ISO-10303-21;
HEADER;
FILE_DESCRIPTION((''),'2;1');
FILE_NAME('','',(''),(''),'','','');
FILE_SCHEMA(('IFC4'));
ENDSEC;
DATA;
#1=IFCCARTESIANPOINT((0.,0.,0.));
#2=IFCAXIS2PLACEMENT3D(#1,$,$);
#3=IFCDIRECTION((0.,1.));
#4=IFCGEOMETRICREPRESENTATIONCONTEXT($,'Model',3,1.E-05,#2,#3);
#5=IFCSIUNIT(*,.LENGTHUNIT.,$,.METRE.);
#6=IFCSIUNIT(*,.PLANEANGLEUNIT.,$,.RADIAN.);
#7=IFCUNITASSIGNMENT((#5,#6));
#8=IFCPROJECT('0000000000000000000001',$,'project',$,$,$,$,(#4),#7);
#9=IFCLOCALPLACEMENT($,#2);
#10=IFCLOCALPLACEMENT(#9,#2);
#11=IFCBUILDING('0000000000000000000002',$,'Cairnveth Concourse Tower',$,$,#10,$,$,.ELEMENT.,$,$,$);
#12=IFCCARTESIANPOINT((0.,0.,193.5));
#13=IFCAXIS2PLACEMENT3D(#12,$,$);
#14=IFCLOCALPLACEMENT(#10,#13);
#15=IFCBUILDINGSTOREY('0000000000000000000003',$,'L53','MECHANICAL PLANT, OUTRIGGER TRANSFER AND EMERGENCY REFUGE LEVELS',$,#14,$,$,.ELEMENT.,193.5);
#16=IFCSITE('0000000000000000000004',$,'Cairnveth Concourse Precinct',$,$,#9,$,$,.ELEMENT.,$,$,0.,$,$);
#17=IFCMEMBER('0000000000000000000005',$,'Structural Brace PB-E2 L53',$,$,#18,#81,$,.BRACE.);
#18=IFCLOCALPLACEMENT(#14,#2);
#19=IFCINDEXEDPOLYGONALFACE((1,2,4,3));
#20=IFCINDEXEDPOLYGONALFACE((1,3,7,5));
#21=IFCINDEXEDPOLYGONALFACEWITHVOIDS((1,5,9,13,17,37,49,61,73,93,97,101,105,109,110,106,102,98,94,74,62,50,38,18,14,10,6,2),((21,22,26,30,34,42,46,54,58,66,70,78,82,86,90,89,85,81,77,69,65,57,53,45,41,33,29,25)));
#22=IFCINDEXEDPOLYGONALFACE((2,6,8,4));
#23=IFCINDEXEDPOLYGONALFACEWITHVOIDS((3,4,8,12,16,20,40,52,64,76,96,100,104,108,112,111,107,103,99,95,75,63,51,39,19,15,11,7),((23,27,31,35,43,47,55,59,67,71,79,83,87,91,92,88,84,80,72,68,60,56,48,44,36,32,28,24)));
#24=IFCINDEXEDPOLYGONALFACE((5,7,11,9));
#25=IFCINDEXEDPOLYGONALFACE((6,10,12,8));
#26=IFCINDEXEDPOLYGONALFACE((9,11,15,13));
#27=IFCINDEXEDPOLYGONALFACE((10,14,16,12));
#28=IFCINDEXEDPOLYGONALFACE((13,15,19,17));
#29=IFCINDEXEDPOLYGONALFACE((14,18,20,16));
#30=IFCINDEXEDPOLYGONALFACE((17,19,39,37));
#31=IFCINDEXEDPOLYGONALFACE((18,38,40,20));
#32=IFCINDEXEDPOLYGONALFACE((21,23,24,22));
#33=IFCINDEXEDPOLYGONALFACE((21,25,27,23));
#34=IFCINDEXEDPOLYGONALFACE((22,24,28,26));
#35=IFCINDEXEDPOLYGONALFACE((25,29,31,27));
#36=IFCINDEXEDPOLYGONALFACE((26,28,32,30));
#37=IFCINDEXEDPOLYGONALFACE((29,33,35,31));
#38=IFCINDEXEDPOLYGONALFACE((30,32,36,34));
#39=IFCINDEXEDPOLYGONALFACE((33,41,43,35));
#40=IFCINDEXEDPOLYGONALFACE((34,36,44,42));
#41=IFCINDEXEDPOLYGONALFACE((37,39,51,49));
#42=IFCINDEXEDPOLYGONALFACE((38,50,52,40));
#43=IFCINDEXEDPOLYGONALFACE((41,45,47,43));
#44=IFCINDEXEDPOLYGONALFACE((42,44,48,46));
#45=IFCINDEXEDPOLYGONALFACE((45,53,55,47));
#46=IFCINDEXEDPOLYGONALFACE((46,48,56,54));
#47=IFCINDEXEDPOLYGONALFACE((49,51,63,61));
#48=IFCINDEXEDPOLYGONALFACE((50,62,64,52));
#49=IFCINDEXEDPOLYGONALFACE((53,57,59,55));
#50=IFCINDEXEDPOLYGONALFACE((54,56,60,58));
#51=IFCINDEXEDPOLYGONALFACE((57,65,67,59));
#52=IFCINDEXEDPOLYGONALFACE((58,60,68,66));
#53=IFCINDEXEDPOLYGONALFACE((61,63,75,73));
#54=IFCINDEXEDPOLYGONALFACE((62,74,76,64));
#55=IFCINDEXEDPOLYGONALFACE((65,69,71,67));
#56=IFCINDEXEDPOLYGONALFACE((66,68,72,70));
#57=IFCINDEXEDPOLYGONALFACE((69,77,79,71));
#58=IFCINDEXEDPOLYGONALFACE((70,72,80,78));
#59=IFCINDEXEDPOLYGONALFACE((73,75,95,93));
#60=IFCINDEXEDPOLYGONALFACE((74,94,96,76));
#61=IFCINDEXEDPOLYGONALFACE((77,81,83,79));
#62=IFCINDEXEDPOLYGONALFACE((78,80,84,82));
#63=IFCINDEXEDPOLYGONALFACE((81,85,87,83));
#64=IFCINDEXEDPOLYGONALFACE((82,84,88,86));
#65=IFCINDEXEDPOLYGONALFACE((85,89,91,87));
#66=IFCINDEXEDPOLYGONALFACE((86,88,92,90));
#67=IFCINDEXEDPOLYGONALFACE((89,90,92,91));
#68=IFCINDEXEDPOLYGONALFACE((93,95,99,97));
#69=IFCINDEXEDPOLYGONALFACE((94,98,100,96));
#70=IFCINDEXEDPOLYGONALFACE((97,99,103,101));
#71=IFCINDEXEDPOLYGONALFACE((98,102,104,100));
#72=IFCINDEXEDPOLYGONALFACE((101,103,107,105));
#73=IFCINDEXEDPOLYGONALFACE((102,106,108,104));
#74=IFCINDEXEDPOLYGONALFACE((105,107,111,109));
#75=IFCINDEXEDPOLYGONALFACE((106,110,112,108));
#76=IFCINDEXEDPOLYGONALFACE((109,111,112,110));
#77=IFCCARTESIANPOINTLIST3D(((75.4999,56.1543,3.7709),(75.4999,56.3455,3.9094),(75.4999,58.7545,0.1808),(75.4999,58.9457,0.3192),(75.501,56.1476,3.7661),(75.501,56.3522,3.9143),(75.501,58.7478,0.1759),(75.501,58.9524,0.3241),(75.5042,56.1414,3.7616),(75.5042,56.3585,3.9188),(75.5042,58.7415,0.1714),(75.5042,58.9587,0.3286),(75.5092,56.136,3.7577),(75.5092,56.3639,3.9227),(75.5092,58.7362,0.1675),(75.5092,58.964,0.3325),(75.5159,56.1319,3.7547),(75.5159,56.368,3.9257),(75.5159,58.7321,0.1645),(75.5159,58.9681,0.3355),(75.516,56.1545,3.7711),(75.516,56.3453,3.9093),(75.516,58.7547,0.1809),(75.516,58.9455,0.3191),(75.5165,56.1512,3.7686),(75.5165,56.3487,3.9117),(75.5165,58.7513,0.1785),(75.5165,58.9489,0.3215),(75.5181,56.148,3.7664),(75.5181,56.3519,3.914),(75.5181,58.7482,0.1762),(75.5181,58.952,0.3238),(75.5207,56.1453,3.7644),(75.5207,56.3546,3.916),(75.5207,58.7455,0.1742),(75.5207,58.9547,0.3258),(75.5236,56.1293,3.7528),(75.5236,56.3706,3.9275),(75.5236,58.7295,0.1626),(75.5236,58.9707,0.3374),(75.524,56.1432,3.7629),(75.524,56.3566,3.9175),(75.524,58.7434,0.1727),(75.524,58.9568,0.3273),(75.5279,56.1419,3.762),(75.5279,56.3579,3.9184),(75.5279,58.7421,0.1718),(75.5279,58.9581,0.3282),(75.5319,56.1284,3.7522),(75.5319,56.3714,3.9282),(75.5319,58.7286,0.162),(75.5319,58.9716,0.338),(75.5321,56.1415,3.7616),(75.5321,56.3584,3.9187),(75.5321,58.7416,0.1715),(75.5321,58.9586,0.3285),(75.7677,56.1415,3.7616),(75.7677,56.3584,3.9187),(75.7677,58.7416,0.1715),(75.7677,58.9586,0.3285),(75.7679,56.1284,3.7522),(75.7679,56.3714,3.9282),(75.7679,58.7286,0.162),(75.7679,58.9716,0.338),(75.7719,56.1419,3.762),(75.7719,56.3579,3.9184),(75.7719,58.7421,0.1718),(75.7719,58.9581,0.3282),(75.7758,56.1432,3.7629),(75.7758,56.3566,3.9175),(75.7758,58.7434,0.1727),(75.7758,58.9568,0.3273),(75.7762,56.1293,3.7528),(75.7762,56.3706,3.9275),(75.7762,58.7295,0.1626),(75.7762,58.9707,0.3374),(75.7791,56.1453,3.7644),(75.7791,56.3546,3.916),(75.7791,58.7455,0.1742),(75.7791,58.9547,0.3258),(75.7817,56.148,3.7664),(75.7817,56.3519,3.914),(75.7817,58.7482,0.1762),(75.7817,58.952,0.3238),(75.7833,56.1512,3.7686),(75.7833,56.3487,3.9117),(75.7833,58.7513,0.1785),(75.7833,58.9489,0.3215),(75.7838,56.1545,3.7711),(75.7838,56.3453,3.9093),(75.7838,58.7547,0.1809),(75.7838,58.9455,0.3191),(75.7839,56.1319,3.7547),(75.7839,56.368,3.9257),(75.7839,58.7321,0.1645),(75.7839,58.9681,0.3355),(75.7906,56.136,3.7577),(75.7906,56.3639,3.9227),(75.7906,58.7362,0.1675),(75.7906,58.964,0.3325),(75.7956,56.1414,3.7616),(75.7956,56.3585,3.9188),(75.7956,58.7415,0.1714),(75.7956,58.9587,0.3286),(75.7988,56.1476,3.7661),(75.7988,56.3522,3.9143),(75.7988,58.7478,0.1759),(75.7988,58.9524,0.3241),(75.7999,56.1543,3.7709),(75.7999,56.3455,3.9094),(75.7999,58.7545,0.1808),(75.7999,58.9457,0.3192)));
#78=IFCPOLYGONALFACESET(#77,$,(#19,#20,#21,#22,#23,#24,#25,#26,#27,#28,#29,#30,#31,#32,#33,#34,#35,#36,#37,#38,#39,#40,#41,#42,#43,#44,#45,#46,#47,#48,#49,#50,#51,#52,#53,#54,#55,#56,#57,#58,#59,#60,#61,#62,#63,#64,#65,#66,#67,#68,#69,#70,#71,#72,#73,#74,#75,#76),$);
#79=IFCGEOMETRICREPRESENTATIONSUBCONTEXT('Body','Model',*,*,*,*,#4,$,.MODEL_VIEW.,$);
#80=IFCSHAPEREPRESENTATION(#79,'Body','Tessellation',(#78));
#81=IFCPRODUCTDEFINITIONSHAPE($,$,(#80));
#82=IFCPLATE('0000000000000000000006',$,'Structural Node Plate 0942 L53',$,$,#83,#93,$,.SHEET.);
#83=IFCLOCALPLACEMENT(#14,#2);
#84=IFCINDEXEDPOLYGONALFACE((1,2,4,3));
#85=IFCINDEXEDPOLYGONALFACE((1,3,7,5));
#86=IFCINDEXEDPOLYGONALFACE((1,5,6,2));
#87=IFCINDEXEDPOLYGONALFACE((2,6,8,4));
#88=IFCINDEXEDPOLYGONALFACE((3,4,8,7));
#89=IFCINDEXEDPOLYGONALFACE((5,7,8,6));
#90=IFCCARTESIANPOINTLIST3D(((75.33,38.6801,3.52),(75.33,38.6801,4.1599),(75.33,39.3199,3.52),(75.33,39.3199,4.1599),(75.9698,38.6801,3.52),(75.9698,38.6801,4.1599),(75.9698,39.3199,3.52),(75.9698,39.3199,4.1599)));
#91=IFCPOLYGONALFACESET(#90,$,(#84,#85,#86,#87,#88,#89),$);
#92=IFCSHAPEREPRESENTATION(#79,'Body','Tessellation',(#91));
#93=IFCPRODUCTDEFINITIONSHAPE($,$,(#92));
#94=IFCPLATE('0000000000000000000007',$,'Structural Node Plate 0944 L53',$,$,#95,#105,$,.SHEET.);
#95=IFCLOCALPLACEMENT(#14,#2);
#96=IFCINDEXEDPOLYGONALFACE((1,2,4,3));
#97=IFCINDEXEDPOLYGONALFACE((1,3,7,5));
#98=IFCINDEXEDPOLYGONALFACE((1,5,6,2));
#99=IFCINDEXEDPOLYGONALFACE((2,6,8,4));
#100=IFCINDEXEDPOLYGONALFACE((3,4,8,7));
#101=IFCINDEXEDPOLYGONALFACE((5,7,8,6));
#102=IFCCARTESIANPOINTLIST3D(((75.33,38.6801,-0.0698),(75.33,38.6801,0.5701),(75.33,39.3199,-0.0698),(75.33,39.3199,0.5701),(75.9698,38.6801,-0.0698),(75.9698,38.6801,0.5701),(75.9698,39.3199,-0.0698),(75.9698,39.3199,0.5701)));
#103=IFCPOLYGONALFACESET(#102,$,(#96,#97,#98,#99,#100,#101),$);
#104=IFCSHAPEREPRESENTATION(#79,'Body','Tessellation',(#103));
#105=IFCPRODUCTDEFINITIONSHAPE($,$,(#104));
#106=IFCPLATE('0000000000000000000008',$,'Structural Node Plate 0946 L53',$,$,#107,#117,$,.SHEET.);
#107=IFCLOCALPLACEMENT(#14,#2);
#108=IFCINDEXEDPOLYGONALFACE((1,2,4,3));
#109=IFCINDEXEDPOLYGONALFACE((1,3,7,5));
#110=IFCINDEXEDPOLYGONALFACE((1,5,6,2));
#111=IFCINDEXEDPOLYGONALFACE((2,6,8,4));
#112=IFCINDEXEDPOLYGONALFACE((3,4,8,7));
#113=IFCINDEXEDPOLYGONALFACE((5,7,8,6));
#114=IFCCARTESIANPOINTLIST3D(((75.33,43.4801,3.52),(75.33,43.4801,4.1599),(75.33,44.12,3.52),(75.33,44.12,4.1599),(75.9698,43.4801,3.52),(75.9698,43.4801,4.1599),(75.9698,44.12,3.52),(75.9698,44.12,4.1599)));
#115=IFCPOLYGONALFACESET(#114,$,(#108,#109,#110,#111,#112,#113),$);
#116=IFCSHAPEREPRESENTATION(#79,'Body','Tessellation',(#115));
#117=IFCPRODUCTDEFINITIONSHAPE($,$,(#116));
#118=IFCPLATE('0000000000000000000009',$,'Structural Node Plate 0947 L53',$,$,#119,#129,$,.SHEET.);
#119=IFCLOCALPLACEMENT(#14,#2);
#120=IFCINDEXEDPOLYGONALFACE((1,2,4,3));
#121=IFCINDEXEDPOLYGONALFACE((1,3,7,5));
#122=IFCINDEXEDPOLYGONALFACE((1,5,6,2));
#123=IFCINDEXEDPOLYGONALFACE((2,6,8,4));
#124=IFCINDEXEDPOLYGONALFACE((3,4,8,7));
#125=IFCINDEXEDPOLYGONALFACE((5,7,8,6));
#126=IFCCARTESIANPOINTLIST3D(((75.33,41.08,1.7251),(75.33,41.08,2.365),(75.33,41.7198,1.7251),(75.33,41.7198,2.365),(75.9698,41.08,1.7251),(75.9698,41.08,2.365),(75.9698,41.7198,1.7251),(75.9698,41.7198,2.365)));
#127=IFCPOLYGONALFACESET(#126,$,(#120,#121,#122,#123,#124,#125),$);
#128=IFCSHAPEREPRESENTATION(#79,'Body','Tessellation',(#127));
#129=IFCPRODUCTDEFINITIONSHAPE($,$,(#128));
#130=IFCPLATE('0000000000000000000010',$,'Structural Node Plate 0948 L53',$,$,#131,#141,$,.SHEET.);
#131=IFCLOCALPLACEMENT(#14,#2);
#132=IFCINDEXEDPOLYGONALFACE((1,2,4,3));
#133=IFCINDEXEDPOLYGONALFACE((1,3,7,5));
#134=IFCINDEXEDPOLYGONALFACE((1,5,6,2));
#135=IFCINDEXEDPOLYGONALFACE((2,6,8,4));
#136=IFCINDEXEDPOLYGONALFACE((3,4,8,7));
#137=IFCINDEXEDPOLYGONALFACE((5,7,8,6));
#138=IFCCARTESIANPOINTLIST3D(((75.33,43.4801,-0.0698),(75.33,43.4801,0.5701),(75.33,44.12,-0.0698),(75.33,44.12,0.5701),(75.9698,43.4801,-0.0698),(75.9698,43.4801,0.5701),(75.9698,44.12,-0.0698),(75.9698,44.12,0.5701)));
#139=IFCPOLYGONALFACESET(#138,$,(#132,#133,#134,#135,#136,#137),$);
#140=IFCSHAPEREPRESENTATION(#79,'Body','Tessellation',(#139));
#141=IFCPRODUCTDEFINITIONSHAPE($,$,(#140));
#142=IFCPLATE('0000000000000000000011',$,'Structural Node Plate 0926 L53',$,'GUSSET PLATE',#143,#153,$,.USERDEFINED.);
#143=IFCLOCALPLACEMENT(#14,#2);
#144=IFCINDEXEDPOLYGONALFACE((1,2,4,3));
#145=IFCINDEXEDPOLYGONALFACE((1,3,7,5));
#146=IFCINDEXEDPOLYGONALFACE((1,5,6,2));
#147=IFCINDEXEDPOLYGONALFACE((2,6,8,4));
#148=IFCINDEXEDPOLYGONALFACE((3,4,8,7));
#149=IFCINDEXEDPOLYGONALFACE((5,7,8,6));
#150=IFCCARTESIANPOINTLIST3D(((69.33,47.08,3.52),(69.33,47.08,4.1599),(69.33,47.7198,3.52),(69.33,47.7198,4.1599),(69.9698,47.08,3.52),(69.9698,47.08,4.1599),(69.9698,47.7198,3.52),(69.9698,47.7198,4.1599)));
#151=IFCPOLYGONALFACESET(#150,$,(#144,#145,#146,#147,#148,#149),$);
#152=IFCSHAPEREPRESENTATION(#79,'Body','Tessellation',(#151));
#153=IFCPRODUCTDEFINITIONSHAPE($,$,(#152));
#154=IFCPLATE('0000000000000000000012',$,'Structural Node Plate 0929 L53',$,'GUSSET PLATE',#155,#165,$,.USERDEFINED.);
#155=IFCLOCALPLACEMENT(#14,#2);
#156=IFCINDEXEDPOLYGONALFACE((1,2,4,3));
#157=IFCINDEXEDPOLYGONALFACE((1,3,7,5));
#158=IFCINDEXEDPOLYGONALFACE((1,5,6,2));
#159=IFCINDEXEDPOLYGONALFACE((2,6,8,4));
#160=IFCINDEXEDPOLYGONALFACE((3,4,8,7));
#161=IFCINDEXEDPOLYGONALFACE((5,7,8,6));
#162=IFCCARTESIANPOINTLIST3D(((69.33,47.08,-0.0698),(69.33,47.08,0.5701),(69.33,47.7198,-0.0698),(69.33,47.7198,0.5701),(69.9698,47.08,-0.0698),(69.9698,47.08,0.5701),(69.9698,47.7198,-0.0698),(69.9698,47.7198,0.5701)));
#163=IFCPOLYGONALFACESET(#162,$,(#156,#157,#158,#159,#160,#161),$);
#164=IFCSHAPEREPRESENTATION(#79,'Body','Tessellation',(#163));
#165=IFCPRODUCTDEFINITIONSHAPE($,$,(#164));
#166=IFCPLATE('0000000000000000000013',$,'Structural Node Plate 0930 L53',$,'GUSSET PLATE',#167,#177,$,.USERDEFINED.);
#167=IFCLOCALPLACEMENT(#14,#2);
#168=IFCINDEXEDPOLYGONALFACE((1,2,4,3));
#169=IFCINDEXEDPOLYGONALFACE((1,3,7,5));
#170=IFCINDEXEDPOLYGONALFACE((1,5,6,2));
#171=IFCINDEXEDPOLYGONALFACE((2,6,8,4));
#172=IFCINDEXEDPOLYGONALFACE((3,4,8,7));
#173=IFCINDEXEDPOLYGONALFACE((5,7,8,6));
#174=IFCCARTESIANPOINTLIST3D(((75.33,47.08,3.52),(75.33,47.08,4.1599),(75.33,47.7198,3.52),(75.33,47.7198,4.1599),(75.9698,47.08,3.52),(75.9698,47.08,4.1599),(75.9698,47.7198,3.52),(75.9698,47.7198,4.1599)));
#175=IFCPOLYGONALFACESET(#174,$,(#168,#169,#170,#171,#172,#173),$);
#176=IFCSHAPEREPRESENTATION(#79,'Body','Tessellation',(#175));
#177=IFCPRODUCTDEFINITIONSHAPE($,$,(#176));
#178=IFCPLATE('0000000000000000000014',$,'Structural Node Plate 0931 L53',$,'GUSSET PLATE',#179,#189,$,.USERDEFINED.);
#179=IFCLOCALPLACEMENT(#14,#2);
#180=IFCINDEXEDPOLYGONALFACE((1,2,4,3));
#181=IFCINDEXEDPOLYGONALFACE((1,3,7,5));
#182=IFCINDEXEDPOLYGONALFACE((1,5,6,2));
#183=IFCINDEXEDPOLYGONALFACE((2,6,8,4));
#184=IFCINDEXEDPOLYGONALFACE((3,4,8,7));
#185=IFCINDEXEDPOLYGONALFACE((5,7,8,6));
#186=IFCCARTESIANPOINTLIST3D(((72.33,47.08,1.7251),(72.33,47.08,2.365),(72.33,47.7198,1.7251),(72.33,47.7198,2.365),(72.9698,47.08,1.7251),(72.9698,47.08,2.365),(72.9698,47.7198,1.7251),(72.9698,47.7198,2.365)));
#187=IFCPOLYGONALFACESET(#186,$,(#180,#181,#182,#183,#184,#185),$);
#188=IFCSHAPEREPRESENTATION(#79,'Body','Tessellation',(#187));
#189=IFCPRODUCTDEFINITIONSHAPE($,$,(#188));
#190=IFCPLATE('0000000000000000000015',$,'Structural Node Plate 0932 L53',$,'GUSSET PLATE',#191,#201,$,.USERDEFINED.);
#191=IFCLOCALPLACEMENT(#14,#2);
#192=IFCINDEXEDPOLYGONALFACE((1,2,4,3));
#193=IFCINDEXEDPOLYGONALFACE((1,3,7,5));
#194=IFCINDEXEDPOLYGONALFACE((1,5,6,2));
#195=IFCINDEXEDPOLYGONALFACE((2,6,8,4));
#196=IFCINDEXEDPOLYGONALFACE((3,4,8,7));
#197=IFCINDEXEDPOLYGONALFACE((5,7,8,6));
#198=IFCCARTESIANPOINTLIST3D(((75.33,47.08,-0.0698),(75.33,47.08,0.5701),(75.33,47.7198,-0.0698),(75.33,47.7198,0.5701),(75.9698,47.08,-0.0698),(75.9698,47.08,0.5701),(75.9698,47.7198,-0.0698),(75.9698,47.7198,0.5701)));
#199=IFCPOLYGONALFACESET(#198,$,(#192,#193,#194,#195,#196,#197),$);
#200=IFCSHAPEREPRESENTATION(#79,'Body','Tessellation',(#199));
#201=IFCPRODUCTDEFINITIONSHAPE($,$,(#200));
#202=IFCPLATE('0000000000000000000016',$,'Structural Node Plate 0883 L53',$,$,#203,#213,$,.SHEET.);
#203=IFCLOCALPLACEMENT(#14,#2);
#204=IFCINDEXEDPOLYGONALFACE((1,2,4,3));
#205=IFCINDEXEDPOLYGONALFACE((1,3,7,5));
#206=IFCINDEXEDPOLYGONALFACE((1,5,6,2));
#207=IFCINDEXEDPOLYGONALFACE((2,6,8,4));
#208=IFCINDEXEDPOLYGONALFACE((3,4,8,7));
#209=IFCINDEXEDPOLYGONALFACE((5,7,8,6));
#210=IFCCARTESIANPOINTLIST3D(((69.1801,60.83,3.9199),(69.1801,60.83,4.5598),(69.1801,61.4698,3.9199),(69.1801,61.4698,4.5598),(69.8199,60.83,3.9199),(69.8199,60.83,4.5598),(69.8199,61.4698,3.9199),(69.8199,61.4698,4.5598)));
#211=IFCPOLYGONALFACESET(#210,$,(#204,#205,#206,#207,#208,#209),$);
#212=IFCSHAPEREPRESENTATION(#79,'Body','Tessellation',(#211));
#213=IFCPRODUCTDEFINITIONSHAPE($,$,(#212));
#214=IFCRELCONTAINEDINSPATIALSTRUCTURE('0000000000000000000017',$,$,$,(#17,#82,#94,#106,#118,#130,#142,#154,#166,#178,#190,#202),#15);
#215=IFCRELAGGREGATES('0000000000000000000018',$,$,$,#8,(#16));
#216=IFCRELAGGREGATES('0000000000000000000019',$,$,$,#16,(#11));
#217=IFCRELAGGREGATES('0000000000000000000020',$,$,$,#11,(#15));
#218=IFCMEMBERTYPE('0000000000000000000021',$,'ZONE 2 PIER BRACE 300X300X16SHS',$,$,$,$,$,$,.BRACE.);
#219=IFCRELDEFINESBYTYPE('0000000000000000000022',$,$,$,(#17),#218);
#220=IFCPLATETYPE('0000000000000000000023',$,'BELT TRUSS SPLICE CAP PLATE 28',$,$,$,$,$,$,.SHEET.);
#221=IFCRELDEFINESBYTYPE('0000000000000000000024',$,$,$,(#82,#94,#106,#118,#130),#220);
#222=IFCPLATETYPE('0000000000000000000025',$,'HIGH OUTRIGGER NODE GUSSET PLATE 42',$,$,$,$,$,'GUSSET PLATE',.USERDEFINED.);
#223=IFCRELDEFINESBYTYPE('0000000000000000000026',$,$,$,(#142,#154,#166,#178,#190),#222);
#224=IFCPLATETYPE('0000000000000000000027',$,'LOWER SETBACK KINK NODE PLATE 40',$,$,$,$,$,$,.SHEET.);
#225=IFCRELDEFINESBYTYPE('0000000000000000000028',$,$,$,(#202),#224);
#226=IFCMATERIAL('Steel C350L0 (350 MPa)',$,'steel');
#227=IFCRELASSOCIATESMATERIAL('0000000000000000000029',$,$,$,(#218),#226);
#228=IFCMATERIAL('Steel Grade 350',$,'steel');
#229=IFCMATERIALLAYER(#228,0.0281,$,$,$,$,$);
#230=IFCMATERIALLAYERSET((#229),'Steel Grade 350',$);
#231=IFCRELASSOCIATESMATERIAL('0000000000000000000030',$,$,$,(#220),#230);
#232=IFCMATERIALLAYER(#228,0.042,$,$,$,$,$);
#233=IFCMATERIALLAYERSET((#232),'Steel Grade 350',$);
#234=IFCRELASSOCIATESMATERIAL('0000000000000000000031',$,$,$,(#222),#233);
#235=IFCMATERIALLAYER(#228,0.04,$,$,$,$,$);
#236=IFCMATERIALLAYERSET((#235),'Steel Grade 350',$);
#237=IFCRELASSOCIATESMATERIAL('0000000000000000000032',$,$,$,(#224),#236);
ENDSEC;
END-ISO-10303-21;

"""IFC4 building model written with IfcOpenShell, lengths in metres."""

from ifc_helpers import new_model, si_unit, direction, frame, origin, origin_2d, place, context, subcontext, project, spatial, rectangle, hollow_rectangle, extrude, material, layer, layer_set, material_profile, profile_set, type_object, element, save


model = new_model("IFC4")

# Units and contexts
model_context = context("Model", 3, precision=1e-05, world=origin(), true_north=direction((0.0, 1.0)))
body_context = subcontext(model_context, "Body", "Model", "MODEL_VIEW")
ifc_project = project(units=[si_unit("LENGTHUNIT", "METRE"), si_unit("PLANEANGLEUNIT", "RADIAN")], contexts=[model_context])

# Site, building, storey
site_placement = place(None, origin())
site = spatial("IfcSite", under=ifc_project, at=site_placement, Name="Cairnveth Concourse Precinct", CompositionType="ELEMENT", RefElevation=0.0)
building_placement = place(site_placement, origin())
building = spatial("IfcBuilding", under=site, at=building_placement, Name="Cairnveth Concourse Tower", CompositionType="ELEMENT")
storey_placement = place(building_placement, frame((0.0, 0.0, 193.5)))
storey = spatial("IfcBuildingStorey", under=building, at=storey_placement, Name="L53", Description="MECHANICAL PLANT, OUTRIGGER TRANSFER AND EMERGENCY REFUGE LEVELS", CompositionType="ELEMENT", Elevation=193.5)

# Shared definitions
ifc_material_1 = material(Name="Steel Grade 350", Category="steel")

# Shared definitions
ifc_material_2 = material(Name="Steel C350L0 (350 MPa)", Category="steel")

# Member
ifc_material_profile_1 = material_profile(ifc_material_2, hollow_rectangle(XDim=0.3, YDim=0.3, WallThickness=0.0161, InnerFilletRadius=0.0161, OuterFilletRadius=0.032, at=origin_2d()), Name="300x300x16.0SHS")
ifc_profile_set_1 = profile_set([ifc_material_profile_1], Name="Steel C350L0 (350 MPa)")
member_type_1 = type_object("IfcMemberType", Name="ZONE 2 PIER BRACE 300X300X16SHS", PredefinedType="BRACE", material=ifc_profile_set_1)
for number, where, z_axis, x_axis, name in (
    (1, (75.6499, 58.8501, 0.25), (0.0, -0.586566, 0.809902), (1.0, 0.0, 0.0), "Structural Brace PB-E2 L53"),
):
    element("IfcMember", number, at=place(storey_placement, frame(where, z_axis=z_axis, x_axis=x_axis)), inside=storey, type_object=member_type_1, Name=name, PredefinedType="BRACE", context=body_context, shape_type="SweptSolid", body=[
        extrude(hollow_rectangle(XDim=0.3, YDim=0.3, WallThickness=0.0161, InnerFilletRadius=0.0161, OuterFilletRadius=0.032, at=origin_2d()), origin(), (0.0, 0.0, 1.0), 4.4329),
    ])

# Plates
ifc_layer_1 = layer(ifc_material_1, 0.0281)
ifc_layer_set_1 = layer_set([ifc_layer_1], Name="Steel Grade 350")
plate_type_1 = type_object("IfcPlateType", Name="BELT TRUSS SPLICE CAP PLATE 28", PredefinedType="SHEET", material=ifc_layer_set_1)
for number, where, z_axis, x_axis, name in (
    (2, (75.6499, 39.0, 3.52), (0.0, 0.0, 1.0), (1.0, 0.0, 0.0), "Structural Node Plate 0942 L53"),
    (3, (75.6499, 39.0, -0.0698), (0.0, 0.0, 1.0), (1.0, 0.0, 0.0), "Structural Node Plate 0944 L53"),
    (4, (75.6499, 43.8, 3.52), (0.0, 0.0, 1.0), (1.0, 0.0, 0.0), "Structural Node Plate 0946 L53"),
    (5, (75.6499, 41.3999, 1.7251), (0.0, 0.0, 1.0), (1.0, 0.0, 0.0), "Structural Node Plate 0947 L53"),
    (6, (75.6499, 43.8, -0.0698), (0.0, 0.0, 1.0), (1.0, 0.0, 0.0), "Structural Node Plate 0948 L53"),
):
    element("IfcPlate", number, at=place(storey_placement, frame(where, z_axis=z_axis, x_axis=x_axis)), inside=storey, type_object=plate_type_1, Name=name, PredefinedType="SHEET", context=body_context, shape_type="SweptSolid", body=[
        extrude(rectangle(XDim=0.6399, YDim=0.6399, at=origin_2d()), origin(), (0.0, 0.0, 1.0), 0.6399),
    ])
ifc_layer_2 = layer(ifc_material_1, 0.042)
ifc_layer_set_2 = layer_set([ifc_layer_2], Name="Steel Grade 350")
plate_type_2 = type_object("IfcPlateType", Name="HIGH OUTRIGGER NODE GUSSET PLATE 42", ElementType="GUSSET PLATE", PredefinedType="USERDEFINED", material=ifc_layer_set_2)
for number, where, z_axis, x_axis, name in (
    (7, (69.6499, 47.3999, 3.52), (0.0, 0.0, 1.0), (1.0, 0.0, 0.0), "Structural Node Plate 0926 L53"),
    (8, (69.6499, 47.3999, -0.0698), (0.0, 0.0, 1.0), (1.0, 0.0, 0.0), "Structural Node Plate 0929 L53"),
    (9, (75.6499, 47.3999, 3.52), (0.0, 0.0, 1.0), (1.0, 0.0, 0.0), "Structural Node Plate 0930 L53"),
    (10, (72.6499, 47.3999, 1.7251), (0.0, 0.0, 1.0), (1.0, 0.0, 0.0), "Structural Node Plate 0931 L53"),
    (11, (75.6499, 47.3999, -0.0698), (0.0, 0.0, 1.0), (1.0, 0.0, 0.0), "Structural Node Plate 0932 L53"),
):
    element("IfcPlate", number, at=place(storey_placement, frame(where, z_axis=z_axis, x_axis=x_axis)), inside=storey, type_object=plate_type_2, Name=name, ObjectType="GUSSET PLATE", PredefinedType="USERDEFINED", context=body_context, shape_type="SweptSolid", body=[
        extrude(rectangle(XDim=0.6399, YDim=0.6399, at=origin_2d()), origin(), (0.0, 0.0, 1.0), 0.6399),
    ])
ifc_layer_3 = layer(ifc_material_1, 0.04)
ifc_layer_set_3 = layer_set([ifc_layer_3], Name="Steel Grade 350")
plate_type_3 = type_object("IfcPlateType", Name="LOWER SETBACK KINK NODE PLATE 40", PredefinedType="SHEET", material=ifc_layer_set_3)
plate_placement = place(storey_placement, frame((69.5, 61.1499, 3.9199), z_axis=(0.0, 0.0, 1.0), x_axis=(1.0, 0.0, 0.0)))
element("IfcPlate", 12, at=plate_placement, inside=storey, type_object=plate_type_3, Name="Structural Node Plate 0883 L53", PredefinedType="SHEET", context=body_context, shape_type="SweptSolid", body=[
    extrude(rectangle(XDim=0.6399, YDim=0.6399, at=origin_2d()), origin(), (0.0, 0.0, 1.0), 0.6399),
])

save(model, "model.ifc")
